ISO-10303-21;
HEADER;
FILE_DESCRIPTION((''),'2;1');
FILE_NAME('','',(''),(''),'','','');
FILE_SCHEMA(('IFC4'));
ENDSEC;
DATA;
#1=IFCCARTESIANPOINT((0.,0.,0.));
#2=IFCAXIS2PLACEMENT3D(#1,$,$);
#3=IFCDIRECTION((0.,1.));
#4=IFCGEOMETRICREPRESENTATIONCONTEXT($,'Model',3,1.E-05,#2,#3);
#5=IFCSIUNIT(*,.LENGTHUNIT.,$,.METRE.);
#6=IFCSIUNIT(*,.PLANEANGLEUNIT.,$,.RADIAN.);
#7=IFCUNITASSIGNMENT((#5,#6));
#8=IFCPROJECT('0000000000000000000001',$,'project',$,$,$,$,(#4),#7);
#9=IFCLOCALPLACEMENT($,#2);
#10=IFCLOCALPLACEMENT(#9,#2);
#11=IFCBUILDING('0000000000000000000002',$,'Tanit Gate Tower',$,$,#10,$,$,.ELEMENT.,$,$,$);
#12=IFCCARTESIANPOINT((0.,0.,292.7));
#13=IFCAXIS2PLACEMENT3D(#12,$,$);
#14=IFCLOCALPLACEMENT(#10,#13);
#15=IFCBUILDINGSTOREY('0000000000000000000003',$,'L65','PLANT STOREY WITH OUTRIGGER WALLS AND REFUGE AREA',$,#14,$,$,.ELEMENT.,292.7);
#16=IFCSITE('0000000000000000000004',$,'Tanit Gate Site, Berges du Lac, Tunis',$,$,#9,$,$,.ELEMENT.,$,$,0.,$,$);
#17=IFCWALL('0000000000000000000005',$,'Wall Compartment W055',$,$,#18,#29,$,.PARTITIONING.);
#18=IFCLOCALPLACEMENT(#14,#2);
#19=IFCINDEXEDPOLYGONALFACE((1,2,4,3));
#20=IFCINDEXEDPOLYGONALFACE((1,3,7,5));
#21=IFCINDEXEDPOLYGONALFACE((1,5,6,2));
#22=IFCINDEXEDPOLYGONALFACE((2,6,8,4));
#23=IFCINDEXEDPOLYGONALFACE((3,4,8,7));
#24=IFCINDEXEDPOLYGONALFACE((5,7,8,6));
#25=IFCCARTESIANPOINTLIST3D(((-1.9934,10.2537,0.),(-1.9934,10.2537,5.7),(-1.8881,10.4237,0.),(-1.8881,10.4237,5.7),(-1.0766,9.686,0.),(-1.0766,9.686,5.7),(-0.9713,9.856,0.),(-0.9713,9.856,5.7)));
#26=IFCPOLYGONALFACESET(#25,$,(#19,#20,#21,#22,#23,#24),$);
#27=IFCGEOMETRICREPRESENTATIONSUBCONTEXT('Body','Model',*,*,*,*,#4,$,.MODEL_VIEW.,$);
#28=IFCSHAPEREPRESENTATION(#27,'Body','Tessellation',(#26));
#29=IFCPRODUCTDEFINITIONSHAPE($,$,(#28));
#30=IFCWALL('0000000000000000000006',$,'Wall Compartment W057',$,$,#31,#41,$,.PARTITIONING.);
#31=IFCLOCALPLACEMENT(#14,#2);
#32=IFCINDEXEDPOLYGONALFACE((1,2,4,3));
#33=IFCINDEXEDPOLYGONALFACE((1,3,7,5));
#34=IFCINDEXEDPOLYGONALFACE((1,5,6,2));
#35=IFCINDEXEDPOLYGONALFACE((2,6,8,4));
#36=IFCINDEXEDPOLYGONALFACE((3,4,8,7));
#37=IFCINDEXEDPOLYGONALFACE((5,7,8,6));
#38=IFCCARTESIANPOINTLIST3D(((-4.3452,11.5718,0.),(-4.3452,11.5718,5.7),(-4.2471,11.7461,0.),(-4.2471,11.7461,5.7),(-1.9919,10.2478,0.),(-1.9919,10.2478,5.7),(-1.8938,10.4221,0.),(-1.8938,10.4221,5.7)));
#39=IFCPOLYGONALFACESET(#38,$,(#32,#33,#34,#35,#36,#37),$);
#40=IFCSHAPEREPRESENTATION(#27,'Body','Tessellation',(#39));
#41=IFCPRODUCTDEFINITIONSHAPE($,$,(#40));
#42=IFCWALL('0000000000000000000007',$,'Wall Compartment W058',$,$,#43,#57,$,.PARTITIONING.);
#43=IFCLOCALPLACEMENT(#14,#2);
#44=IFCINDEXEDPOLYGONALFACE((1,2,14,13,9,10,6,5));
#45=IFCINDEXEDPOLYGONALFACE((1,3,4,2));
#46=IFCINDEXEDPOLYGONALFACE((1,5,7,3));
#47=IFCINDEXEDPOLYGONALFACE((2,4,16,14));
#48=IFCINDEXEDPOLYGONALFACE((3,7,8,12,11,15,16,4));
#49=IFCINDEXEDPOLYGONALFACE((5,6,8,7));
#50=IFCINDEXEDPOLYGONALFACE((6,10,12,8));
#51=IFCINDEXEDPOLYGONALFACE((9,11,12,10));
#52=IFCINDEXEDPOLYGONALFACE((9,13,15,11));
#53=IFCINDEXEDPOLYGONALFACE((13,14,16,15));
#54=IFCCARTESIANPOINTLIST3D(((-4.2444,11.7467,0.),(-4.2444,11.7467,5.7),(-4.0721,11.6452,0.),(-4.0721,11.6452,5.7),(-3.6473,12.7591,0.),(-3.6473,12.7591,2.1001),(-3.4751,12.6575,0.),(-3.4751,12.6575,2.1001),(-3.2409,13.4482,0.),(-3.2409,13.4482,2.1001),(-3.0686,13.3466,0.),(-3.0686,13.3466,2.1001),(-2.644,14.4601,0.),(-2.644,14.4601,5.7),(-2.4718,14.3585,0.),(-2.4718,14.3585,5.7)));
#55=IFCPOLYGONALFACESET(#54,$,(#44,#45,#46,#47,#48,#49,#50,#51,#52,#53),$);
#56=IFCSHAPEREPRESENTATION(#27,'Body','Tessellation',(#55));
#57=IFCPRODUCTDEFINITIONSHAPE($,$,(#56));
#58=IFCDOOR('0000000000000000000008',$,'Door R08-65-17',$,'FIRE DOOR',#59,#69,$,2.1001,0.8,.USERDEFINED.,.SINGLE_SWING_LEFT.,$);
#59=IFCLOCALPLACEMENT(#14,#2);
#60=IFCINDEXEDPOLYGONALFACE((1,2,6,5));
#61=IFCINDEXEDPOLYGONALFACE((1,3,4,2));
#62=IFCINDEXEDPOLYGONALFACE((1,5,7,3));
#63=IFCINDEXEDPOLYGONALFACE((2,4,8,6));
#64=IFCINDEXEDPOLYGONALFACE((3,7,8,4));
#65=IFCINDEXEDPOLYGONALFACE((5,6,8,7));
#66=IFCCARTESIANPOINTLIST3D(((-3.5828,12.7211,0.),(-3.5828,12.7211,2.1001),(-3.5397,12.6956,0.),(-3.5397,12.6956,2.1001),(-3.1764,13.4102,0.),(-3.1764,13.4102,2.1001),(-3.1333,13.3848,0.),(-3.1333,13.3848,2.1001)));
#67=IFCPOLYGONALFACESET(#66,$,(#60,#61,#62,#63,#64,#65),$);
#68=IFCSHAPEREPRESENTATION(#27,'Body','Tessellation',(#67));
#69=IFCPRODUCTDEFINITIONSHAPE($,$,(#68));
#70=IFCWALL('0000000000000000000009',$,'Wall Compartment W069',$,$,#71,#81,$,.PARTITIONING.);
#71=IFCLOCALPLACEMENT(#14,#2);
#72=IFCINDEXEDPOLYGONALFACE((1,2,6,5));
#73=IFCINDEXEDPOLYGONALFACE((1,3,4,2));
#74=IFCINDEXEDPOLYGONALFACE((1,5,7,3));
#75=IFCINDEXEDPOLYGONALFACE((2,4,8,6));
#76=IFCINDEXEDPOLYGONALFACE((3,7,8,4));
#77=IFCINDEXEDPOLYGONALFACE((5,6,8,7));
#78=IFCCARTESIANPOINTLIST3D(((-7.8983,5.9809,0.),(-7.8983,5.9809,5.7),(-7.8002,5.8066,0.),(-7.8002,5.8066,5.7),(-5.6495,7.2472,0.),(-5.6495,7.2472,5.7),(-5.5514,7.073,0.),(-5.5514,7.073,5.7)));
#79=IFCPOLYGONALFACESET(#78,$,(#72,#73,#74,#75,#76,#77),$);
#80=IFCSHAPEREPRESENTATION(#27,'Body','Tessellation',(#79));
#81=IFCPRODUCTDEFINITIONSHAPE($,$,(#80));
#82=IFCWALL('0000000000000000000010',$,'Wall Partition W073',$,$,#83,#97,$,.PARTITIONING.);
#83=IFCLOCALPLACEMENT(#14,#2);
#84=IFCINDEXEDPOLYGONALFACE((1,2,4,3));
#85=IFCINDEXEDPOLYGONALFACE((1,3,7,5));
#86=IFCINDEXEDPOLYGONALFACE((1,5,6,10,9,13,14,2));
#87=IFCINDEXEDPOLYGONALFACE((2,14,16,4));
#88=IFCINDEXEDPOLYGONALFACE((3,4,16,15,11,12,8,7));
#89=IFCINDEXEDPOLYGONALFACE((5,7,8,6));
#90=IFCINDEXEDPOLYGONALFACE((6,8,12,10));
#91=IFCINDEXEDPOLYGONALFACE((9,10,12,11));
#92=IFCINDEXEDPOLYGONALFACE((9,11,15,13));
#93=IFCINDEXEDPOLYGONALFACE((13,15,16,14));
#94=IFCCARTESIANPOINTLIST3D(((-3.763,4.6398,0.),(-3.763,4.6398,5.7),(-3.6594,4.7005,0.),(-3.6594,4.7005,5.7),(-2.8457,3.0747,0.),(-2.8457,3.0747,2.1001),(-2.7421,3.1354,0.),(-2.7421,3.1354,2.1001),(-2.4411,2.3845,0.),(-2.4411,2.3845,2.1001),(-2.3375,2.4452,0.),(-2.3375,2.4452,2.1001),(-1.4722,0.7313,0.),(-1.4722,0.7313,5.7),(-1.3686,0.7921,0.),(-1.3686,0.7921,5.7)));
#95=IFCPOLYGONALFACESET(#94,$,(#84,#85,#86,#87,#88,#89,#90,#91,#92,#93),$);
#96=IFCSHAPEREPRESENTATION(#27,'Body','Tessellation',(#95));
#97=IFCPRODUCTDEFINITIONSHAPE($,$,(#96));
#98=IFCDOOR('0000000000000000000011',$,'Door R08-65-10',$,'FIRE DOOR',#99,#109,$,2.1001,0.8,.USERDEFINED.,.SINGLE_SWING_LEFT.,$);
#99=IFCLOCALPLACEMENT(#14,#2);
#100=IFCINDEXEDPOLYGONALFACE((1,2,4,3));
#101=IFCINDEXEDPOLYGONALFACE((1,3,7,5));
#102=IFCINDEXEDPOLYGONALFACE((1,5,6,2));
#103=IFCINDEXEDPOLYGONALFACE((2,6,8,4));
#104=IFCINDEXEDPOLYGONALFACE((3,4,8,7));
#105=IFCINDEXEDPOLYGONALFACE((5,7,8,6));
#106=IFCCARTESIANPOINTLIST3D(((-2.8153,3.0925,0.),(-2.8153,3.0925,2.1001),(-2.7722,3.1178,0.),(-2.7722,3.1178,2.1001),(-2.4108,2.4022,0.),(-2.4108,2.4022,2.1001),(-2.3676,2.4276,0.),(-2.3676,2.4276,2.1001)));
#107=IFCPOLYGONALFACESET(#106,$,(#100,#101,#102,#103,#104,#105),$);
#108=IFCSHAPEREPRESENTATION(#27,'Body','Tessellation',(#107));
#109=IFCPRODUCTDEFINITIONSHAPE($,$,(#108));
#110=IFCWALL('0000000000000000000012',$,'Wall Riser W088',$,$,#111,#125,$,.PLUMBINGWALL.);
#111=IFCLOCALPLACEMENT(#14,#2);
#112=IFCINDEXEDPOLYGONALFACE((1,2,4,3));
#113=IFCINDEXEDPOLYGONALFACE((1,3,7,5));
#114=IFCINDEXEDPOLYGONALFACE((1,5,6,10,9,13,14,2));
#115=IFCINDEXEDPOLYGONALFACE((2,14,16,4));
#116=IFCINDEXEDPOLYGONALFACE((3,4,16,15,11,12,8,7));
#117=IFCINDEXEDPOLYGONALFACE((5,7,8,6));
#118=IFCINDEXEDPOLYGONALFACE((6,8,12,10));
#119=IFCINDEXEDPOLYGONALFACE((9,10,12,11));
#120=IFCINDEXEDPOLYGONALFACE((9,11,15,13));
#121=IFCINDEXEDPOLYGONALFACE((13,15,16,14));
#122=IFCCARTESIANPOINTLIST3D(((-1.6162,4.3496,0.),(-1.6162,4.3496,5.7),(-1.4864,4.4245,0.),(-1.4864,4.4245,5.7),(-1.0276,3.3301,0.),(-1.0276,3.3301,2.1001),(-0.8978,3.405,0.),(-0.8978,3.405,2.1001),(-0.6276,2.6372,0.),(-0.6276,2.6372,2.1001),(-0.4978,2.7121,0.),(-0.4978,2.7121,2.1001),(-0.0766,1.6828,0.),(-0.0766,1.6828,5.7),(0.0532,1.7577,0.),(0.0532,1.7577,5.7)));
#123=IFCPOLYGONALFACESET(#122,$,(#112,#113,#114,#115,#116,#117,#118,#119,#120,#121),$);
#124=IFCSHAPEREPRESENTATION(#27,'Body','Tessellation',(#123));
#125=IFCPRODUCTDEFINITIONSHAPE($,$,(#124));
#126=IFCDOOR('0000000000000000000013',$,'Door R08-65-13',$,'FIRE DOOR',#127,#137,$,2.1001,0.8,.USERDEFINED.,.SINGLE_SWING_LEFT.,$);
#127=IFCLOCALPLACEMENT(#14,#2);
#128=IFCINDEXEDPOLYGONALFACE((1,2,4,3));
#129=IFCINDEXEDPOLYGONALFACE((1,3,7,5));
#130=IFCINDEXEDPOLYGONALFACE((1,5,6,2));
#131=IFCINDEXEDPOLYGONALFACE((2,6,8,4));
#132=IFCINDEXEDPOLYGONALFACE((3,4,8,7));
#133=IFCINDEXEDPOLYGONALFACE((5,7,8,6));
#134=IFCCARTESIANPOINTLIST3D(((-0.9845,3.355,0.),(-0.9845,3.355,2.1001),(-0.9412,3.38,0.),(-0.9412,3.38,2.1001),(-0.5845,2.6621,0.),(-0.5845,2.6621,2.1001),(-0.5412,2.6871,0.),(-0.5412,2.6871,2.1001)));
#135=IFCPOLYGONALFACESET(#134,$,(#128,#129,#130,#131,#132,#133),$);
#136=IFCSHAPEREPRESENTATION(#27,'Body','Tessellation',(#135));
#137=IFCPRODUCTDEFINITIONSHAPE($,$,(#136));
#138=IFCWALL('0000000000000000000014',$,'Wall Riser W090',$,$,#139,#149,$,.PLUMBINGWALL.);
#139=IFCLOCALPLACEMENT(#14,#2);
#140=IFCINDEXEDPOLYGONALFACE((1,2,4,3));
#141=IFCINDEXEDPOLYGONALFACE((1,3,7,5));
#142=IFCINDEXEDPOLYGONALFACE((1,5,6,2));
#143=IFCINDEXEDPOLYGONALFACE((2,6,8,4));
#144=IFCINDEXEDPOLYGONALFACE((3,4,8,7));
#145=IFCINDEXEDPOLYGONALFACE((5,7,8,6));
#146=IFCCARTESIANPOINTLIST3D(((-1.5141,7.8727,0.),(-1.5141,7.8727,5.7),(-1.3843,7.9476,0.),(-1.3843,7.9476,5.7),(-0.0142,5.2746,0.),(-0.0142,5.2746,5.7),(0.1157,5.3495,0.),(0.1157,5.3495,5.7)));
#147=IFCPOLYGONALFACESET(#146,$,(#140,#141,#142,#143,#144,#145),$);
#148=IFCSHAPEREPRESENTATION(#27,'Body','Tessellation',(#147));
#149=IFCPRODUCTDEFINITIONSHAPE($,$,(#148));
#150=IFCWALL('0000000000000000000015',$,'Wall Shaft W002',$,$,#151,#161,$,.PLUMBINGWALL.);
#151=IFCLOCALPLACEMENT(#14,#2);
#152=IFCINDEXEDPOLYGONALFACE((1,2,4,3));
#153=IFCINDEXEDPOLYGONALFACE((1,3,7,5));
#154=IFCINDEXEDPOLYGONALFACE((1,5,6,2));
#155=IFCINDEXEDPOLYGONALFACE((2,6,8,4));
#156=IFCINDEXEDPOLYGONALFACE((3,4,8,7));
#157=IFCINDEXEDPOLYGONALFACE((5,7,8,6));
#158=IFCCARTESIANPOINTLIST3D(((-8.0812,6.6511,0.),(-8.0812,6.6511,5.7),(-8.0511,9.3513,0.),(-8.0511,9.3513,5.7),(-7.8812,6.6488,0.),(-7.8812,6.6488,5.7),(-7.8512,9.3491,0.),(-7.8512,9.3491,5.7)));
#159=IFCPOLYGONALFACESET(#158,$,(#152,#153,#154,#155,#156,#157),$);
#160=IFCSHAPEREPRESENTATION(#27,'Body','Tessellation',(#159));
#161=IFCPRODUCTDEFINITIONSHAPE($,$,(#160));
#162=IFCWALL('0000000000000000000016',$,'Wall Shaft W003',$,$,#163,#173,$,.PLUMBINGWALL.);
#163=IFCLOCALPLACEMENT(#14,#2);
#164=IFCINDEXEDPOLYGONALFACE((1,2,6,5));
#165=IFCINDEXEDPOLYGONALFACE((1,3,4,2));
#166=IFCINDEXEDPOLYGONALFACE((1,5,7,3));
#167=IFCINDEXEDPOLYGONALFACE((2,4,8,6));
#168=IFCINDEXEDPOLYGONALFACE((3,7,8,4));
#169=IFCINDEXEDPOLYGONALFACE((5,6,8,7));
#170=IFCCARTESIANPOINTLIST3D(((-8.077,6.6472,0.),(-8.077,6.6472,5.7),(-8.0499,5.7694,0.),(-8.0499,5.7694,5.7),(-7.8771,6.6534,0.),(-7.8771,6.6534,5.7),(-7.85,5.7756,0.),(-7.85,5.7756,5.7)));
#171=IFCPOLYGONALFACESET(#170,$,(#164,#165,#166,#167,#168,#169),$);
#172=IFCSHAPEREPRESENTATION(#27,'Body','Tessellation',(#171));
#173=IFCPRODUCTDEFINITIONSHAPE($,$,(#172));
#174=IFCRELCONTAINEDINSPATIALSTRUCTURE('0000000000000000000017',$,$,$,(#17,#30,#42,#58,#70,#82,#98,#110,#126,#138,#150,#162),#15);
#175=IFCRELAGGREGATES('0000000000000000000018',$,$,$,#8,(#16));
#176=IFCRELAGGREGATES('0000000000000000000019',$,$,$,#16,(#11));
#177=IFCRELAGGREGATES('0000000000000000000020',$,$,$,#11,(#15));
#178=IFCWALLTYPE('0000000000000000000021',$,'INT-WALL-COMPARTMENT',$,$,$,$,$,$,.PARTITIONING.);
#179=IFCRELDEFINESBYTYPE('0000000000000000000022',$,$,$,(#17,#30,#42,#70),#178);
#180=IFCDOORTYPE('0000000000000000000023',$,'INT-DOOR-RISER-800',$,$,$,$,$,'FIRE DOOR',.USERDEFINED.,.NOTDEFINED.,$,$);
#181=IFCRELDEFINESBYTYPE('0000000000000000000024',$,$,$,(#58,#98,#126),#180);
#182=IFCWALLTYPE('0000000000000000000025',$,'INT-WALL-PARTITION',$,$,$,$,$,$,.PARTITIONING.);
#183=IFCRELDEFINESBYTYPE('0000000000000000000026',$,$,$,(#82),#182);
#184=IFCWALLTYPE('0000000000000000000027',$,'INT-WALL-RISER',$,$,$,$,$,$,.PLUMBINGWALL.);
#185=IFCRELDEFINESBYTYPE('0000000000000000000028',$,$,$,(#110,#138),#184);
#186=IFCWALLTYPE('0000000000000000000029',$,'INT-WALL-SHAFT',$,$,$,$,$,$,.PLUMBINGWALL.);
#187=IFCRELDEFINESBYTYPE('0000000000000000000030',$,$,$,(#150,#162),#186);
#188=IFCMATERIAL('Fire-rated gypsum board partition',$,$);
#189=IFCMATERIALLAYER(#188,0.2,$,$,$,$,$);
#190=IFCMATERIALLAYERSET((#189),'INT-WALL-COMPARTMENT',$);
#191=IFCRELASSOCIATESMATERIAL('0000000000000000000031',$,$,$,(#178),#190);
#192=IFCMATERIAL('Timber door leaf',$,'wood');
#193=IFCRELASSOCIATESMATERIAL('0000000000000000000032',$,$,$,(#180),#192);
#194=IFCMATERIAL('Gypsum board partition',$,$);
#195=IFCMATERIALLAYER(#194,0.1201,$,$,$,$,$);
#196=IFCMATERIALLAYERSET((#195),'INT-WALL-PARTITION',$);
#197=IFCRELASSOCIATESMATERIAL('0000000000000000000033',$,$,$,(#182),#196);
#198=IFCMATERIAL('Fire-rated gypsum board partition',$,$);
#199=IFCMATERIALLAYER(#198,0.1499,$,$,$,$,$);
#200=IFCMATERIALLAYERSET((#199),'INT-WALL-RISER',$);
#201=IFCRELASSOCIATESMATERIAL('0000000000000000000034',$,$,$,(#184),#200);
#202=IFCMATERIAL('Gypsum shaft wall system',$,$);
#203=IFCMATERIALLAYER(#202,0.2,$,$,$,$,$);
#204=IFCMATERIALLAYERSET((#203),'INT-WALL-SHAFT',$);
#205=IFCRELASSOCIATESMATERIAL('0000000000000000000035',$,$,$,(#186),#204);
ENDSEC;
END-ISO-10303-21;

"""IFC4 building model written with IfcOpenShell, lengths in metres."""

from ifc_helpers import new_model, si_unit, direction, frame, frame_2d, origin, place, context, subcontext, project, spatial, rectangle, extrude, material, layer, layer_set, type_object, element, fill, save


model = new_model("IFC4")

# Units and contexts
model_context = context("Model", 3, precision=1e-05, world=origin(), true_north=direction((0.0, 1.0)))
body_context = subcontext(model_context, "Body", "Model", "MODEL_VIEW")
ifc_project = project(units=[si_unit("LENGTHUNIT", "METRE"), si_unit("PLANEANGLEUNIT", "RADIAN")], contexts=[model_context])

# Site, building, storey
site_placement = place(None, origin())
site = spatial("IfcSite", under=ifc_project, at=site_placement, Name="Tanit Gate Site, Berges du Lac, Tunis", CompositionType="ELEMENT", RefElevation=0.0)
building_placement = place(site_placement, origin())
building = spatial("IfcBuilding", under=site, at=building_placement, Name="Tanit Gate Tower", CompositionType="ELEMENT")
storey_placement = place(building_placement, frame((0.0, 0.0, 292.7)))
storey = spatial("IfcBuildingStorey", under=building, at=storey_placement, Name="L65", Description="PLANT STOREY WITH OUTRIGGER WALLS AND REFUGE AREA", CompositionType="ELEMENT", Elevation=292.7)

# Walls
ifc_material_1 = material(Name="Fire-rated gypsum board partition")
ifc_layer_1 = layer(ifc_material_1, 0.2)
ifc_layer_set_1 = layer_set([ifc_layer_1], Name="INT-WALL-COMPARTMENT")
wall_type_1 = type_object("IfcWallType", Name="INT-WALL-COMPARTMENT", PredefinedType="PARTITIONING", material=ifc_layer_set_1)
wall_1_placement = place(storey_placement, frame((-1.9407, 10.3386, 0.0), z_axis=(0.0, 0.0, 1.0), x_axis=(0.850217, -0.526433, 0.0)))
element("IfcWall", 1, at=wall_1_placement, inside=storey, type_object=wall_type_1, Name="Wall Compartment W055", PredefinedType="PARTITIONING", context=body_context, shape_type="SweptSolid", body=[
    extrude(rectangle(XDim=1.0784, YDim=0.2, at=frame_2d((0.5391, 0.0))), origin(), (0.0, 0.0, 1.0), 5.7),
])
wall_2_placement = place(storey_placement, frame((-4.2961, 11.6589, 0.0), z_axis=(0.0, 0.0, 1.0), x_axis=(0.871534, -0.490334, 0.0)))
element("IfcWall", 2, at=wall_2_placement, inside=storey, type_object=wall_type_1, Name="Wall Compartment W057", PredefinedType="PARTITIONING", context=body_context, shape_type="SweptSolid", body=[
    extrude(rectangle(XDim=2.7002, YDim=0.2, at=frame_2d((1.3501, 0.0))), origin(), (0.0, 0.0, 1.0), 5.7),
])

# Wall, opening, door
wall_3_placement = place(storey_placement, frame((-2.5579, 14.4094, 0.0), z_axis=(0.0, 0.0, 1.0), x_axis=(-0.508019, -0.861346, 0.0)))
wall_3 = element("IfcWall", 3, at=wall_3_placement, inside=storey, type_object=wall_type_1, Name="Wall Compartment W058", PredefinedType="PARTITIONING", context=body_context, shape_type="SweptSolid", body=[
    extrude(rectangle(XDim=3.1501, YDim=0.2, at=frame_2d((1.5752, 0.0))), origin(), (0.0, 0.0, 1.0), 5.7),
])
opening_1_placement = place(wall_3_placement, frame((1.175, 0.0, 0.0)))
opening_1 = element("IfcOpeningElement", 4, at=opening_1_placement, cuts=wall_3, PredefinedType="OPENING", context=body_context, shape_type="SweptSolid", body=[
    extrude(rectangle(XDim=0.8, YDim=2.1001, at=frame_2d((0.3999, 1.05))), frame((0.0, 0.1099, 0.0), z_axis=(0.0, -1.0, 0.0), x_axis=(1.0, 0.0, 0.0)), (0.0, 0.0, 1.0), 0.22),
])
ifc_material_2 = material(Name="Timber door leaf", Category="wood")
door_type_1 = type_object("IfcDoorType", Name="INT-DOOR-RISER-800", ElementType="FIRE DOOR", OperationType="NOTDEFINED", PredefinedType="USERDEFINED", material=ifc_material_2)
door_1_placement = place(opening_1_placement, origin())
door_1 = element("IfcDoor", 5, at=door_1_placement, inside=storey, type_object=door_type_1, Name="Door R08-65-17", ObjectType="FIRE DOOR", OperationType="SINGLE_SWING_LEFT", OverallHeight=2.1001, OverallWidth=0.8, PredefinedType="USERDEFINED", context=body_context, shape_type="SweptSolid", body=[
    extrude(rectangle(XDim=0.8, YDim=2.1001, at=frame_2d((0.3999, 1.05))), frame((0.0, 0.0249, 0.0), z_axis=(0.0, -1.0, 0.0), x_axis=(1.0, 0.0, 0.0)), (0.0, 0.0, 1.0), 0.05),
])
fill(opening_1, door_1)

# Wall
wall_4_placement = place(storey_placement, frame((-5.6003, 7.1602, 0.0), z_axis=(0.0, 0.0, 1.0), x_axis=(-0.87134, -0.490679, 0.0)))
element("IfcWall", 6, at=wall_4_placement, inside=storey, type_object=wall_type_1, Name="Wall Compartment W069", PredefinedType="PARTITIONING", context=body_context, shape_type="SweptSolid", body=[
    extrude(rectangle(XDim=2.5808, YDim=0.2, at=frame_2d((1.2905, 0.0))), origin(), (0.0, 0.0, 1.0), 5.7),
])

# Walls, openings, doors
ifc_material_3 = material(Name="Gypsum board partition")
ifc_layer_2 = layer(ifc_material_3, 0.1201)
ifc_layer_set_2 = layer_set([ifc_layer_2], Name="INT-WALL-PARTITION")
wall_type_2 = type_object("IfcWallType", Name="INT-WALL-PARTITION", PredefinedType="PARTITIONING", material=ifc_layer_set_2)
wall_5_placement = place(storey_placement, frame((-1.4204, 0.7617, 0.0), z_axis=(0.0, 0.0, 1.0), x_axis=(-0.505656, 0.862735, 0.0)))
wall_5 = element("IfcWall", 7, at=wall_5_placement, inside=storey, type_object=wall_type_2, Name="Wall Partition W073", PredefinedType="PARTITIONING", context=body_context, shape_type="SweptSolid", body=[
    extrude(rectangle(XDim=4.5303, YDim=0.1201, at=frame_2d((2.2651, 0.0))), origin(), (0.0, 0.0, 1.0), 5.7),
])
opening_2_placement = place(wall_5_placement, frame((1.9163, 0.0, 0.0)))
opening_2 = element("IfcOpeningElement", 8, at=opening_2_placement, cuts=wall_5, PredefinedType="OPENING", context=body_context, shape_type="SweptSolid", body=[
    extrude(rectangle(XDim=0.8, YDim=2.1001, at=frame_2d((0.3999, 1.05))), frame((0.0, 0.0701, 0.0), z_axis=(0.0, -1.0, 0.0), x_axis=(1.0, 0.0, 0.0)), (0.0, 0.0, 1.0), 0.1401),
])
door_2_placement = place(opening_2_placement, origin())
door_2 = element("IfcDoor", 9, at=door_2_placement, inside=storey, type_object=door_type_1, Name="Door R08-65-10", ObjectType="FIRE DOOR", OperationType="SINGLE_SWING_LEFT", OverallHeight=2.1001, OverallWidth=0.8, PredefinedType="USERDEFINED", context=body_context, shape_type="SweptSolid", body=[
    extrude(rectangle(XDim=0.8, YDim=2.1001, at=frame_2d((0.3999, 1.05))), frame((0.0, 0.0249, 0.0), z_axis=(0.0, -1.0, 0.0), x_axis=(1.0, 0.0, 0.0)), (0.0, 0.0, 1.0), 0.05),
])
fill(opening_2, door_2)
ifc_material_4 = material(Name="Fire-rated gypsum board partition")
ifc_layer_3 = layer(ifc_material_4, 0.1499)
ifc_layer_set_3 = layer_set([ifc_layer_3], Name="INT-WALL-RISER")
wall_type_3 = type_object("IfcWallType", Name="INT-WALL-RISER", PredefinedType="PLUMBINGWALL", material=ifc_layer_set_3)
wall_6_placement = place(storey_placement, frame((-1.5513, 4.387, 0.0), z_axis=(0.0, 0.0, 1.0), x_axis=(0.499976, -0.866039, 0.0)))
wall_6 = element("IfcWall", 10, at=wall_6_placement, inside=storey, type_object=wall_type_3, Name="Wall Riser W088", PredefinedType="PLUMBINGWALL", context=body_context, shape_type="SweptSolid", body=[
    extrude(rectangle(XDim=3.0793, YDim=0.1499, at=frame_2d((1.5396, 0.0))), origin(), (0.0, 0.0, 1.0), 5.7),
])
opening_3_placement = place(wall_6_placement, frame((1.1772, 0.0, 0.0)))
opening_3 = element("IfcOpeningElement", 11, at=opening_3_placement, cuts=wall_6, PredefinedType="OPENING", context=body_context, shape_type="SweptSolid", body=[
    extrude(rectangle(XDim=0.8, YDim=2.1001, at=frame_2d((0.3999, 1.05))), frame((0.0, 0.085, 0.0), z_axis=(0.0, -1.0, 0.0), x_axis=(1.0, 0.0, 0.0)), (0.0, 0.0, 1.0), 0.1699),
])
door_3_placement = place(opening_3_placement, origin())
door_3 = element("IfcDoor", 12, at=door_3_placement, inside=storey, type_object=door_type_1, Name="Door R08-65-13", ObjectType="FIRE DOOR", OperationType="SINGLE_SWING_LEFT", OverallHeight=2.1001, OverallWidth=0.8, PredefinedType="USERDEFINED", context=body_context, shape_type="SweptSolid", body=[
    extrude(rectangle(XDim=0.8, YDim=2.1001, at=frame_2d((0.3999, 1.05))), frame((0.0, 0.0249, 0.0), z_axis=(0.0, -1.0, 0.0), x_axis=(1.0, 0.0, 0.0)), (0.0, 0.0, 1.0), 0.05),
])
fill(opening_3, door_3)

# Walls
wall_7_placement = place(storey_placement, frame((-1.4492, 7.9102, 0.0), z_axis=(0.0, 0.0, 1.0), x_axis=(0.49999, -0.866031, 0.0)))
element("IfcWall", 13, at=wall_7_placement, inside=storey, type_object=wall_type_3, Name="Wall Riser W090", PredefinedType="PLUMBINGWALL", context=body_context, shape_type="SweptSolid", body=[
    extrude(rectangle(XDim=3.0, YDim=0.1499, at=frame_2d((1.5, 0.0))), origin(), (0.0, 0.0, 1.0), 5.7),
])
ifc_material_5 = material(Name="Gypsum shaft wall system")
ifc_layer_4 = layer(ifc_material_5, 0.2)
ifc_layer_set_4 = layer_set([ifc_layer_4], Name="INT-WALL-SHAFT")
wall_type_4 = type_object("IfcWallType", Name="INT-WALL-SHAFT", PredefinedType="PLUMBINGWALL", material=ifc_layer_set_4)
wall_8_placement = place(storey_placement, frame((-7.9512, 9.3501, 0.0), z_axis=(0.0, 0.0, 1.0), x_axis=(-0.01112, -0.999938, 0.0)))
element("IfcWall", 14, at=wall_8_placement, inside=storey, type_object=wall_type_4, Name="Wall Shaft W002", PredefinedType="PLUMBINGWALL", context=body_context, shape_type="SweptSolid", body=[
    extrude(rectangle(XDim=2.7004, YDim=0.2, at=frame_2d((1.3501, 0.0))), origin(), (0.0, 0.0, 1.0), 5.7),
])
wall_9_placement = place(storey_placement, frame((-7.9771, 6.6501, 0.0), z_axis=(0.0, 0.0, 1.0), x_axis=(0.030862, -0.999524, 0.0)))
element("IfcWall", 15, at=wall_9_placement, inside=storey, type_object=wall_type_4, Name="Wall Shaft W003", PredefinedType="PLUMBINGWALL", context=body_context, shape_type="SweptSolid", body=[
    extrude(rectangle(XDim=0.8782, YDim=0.2, at=frame_2d((0.439, 0.0))), origin(), (0.0, 0.0, 1.0), 5.7),
])

save(model, "model.ifc")
